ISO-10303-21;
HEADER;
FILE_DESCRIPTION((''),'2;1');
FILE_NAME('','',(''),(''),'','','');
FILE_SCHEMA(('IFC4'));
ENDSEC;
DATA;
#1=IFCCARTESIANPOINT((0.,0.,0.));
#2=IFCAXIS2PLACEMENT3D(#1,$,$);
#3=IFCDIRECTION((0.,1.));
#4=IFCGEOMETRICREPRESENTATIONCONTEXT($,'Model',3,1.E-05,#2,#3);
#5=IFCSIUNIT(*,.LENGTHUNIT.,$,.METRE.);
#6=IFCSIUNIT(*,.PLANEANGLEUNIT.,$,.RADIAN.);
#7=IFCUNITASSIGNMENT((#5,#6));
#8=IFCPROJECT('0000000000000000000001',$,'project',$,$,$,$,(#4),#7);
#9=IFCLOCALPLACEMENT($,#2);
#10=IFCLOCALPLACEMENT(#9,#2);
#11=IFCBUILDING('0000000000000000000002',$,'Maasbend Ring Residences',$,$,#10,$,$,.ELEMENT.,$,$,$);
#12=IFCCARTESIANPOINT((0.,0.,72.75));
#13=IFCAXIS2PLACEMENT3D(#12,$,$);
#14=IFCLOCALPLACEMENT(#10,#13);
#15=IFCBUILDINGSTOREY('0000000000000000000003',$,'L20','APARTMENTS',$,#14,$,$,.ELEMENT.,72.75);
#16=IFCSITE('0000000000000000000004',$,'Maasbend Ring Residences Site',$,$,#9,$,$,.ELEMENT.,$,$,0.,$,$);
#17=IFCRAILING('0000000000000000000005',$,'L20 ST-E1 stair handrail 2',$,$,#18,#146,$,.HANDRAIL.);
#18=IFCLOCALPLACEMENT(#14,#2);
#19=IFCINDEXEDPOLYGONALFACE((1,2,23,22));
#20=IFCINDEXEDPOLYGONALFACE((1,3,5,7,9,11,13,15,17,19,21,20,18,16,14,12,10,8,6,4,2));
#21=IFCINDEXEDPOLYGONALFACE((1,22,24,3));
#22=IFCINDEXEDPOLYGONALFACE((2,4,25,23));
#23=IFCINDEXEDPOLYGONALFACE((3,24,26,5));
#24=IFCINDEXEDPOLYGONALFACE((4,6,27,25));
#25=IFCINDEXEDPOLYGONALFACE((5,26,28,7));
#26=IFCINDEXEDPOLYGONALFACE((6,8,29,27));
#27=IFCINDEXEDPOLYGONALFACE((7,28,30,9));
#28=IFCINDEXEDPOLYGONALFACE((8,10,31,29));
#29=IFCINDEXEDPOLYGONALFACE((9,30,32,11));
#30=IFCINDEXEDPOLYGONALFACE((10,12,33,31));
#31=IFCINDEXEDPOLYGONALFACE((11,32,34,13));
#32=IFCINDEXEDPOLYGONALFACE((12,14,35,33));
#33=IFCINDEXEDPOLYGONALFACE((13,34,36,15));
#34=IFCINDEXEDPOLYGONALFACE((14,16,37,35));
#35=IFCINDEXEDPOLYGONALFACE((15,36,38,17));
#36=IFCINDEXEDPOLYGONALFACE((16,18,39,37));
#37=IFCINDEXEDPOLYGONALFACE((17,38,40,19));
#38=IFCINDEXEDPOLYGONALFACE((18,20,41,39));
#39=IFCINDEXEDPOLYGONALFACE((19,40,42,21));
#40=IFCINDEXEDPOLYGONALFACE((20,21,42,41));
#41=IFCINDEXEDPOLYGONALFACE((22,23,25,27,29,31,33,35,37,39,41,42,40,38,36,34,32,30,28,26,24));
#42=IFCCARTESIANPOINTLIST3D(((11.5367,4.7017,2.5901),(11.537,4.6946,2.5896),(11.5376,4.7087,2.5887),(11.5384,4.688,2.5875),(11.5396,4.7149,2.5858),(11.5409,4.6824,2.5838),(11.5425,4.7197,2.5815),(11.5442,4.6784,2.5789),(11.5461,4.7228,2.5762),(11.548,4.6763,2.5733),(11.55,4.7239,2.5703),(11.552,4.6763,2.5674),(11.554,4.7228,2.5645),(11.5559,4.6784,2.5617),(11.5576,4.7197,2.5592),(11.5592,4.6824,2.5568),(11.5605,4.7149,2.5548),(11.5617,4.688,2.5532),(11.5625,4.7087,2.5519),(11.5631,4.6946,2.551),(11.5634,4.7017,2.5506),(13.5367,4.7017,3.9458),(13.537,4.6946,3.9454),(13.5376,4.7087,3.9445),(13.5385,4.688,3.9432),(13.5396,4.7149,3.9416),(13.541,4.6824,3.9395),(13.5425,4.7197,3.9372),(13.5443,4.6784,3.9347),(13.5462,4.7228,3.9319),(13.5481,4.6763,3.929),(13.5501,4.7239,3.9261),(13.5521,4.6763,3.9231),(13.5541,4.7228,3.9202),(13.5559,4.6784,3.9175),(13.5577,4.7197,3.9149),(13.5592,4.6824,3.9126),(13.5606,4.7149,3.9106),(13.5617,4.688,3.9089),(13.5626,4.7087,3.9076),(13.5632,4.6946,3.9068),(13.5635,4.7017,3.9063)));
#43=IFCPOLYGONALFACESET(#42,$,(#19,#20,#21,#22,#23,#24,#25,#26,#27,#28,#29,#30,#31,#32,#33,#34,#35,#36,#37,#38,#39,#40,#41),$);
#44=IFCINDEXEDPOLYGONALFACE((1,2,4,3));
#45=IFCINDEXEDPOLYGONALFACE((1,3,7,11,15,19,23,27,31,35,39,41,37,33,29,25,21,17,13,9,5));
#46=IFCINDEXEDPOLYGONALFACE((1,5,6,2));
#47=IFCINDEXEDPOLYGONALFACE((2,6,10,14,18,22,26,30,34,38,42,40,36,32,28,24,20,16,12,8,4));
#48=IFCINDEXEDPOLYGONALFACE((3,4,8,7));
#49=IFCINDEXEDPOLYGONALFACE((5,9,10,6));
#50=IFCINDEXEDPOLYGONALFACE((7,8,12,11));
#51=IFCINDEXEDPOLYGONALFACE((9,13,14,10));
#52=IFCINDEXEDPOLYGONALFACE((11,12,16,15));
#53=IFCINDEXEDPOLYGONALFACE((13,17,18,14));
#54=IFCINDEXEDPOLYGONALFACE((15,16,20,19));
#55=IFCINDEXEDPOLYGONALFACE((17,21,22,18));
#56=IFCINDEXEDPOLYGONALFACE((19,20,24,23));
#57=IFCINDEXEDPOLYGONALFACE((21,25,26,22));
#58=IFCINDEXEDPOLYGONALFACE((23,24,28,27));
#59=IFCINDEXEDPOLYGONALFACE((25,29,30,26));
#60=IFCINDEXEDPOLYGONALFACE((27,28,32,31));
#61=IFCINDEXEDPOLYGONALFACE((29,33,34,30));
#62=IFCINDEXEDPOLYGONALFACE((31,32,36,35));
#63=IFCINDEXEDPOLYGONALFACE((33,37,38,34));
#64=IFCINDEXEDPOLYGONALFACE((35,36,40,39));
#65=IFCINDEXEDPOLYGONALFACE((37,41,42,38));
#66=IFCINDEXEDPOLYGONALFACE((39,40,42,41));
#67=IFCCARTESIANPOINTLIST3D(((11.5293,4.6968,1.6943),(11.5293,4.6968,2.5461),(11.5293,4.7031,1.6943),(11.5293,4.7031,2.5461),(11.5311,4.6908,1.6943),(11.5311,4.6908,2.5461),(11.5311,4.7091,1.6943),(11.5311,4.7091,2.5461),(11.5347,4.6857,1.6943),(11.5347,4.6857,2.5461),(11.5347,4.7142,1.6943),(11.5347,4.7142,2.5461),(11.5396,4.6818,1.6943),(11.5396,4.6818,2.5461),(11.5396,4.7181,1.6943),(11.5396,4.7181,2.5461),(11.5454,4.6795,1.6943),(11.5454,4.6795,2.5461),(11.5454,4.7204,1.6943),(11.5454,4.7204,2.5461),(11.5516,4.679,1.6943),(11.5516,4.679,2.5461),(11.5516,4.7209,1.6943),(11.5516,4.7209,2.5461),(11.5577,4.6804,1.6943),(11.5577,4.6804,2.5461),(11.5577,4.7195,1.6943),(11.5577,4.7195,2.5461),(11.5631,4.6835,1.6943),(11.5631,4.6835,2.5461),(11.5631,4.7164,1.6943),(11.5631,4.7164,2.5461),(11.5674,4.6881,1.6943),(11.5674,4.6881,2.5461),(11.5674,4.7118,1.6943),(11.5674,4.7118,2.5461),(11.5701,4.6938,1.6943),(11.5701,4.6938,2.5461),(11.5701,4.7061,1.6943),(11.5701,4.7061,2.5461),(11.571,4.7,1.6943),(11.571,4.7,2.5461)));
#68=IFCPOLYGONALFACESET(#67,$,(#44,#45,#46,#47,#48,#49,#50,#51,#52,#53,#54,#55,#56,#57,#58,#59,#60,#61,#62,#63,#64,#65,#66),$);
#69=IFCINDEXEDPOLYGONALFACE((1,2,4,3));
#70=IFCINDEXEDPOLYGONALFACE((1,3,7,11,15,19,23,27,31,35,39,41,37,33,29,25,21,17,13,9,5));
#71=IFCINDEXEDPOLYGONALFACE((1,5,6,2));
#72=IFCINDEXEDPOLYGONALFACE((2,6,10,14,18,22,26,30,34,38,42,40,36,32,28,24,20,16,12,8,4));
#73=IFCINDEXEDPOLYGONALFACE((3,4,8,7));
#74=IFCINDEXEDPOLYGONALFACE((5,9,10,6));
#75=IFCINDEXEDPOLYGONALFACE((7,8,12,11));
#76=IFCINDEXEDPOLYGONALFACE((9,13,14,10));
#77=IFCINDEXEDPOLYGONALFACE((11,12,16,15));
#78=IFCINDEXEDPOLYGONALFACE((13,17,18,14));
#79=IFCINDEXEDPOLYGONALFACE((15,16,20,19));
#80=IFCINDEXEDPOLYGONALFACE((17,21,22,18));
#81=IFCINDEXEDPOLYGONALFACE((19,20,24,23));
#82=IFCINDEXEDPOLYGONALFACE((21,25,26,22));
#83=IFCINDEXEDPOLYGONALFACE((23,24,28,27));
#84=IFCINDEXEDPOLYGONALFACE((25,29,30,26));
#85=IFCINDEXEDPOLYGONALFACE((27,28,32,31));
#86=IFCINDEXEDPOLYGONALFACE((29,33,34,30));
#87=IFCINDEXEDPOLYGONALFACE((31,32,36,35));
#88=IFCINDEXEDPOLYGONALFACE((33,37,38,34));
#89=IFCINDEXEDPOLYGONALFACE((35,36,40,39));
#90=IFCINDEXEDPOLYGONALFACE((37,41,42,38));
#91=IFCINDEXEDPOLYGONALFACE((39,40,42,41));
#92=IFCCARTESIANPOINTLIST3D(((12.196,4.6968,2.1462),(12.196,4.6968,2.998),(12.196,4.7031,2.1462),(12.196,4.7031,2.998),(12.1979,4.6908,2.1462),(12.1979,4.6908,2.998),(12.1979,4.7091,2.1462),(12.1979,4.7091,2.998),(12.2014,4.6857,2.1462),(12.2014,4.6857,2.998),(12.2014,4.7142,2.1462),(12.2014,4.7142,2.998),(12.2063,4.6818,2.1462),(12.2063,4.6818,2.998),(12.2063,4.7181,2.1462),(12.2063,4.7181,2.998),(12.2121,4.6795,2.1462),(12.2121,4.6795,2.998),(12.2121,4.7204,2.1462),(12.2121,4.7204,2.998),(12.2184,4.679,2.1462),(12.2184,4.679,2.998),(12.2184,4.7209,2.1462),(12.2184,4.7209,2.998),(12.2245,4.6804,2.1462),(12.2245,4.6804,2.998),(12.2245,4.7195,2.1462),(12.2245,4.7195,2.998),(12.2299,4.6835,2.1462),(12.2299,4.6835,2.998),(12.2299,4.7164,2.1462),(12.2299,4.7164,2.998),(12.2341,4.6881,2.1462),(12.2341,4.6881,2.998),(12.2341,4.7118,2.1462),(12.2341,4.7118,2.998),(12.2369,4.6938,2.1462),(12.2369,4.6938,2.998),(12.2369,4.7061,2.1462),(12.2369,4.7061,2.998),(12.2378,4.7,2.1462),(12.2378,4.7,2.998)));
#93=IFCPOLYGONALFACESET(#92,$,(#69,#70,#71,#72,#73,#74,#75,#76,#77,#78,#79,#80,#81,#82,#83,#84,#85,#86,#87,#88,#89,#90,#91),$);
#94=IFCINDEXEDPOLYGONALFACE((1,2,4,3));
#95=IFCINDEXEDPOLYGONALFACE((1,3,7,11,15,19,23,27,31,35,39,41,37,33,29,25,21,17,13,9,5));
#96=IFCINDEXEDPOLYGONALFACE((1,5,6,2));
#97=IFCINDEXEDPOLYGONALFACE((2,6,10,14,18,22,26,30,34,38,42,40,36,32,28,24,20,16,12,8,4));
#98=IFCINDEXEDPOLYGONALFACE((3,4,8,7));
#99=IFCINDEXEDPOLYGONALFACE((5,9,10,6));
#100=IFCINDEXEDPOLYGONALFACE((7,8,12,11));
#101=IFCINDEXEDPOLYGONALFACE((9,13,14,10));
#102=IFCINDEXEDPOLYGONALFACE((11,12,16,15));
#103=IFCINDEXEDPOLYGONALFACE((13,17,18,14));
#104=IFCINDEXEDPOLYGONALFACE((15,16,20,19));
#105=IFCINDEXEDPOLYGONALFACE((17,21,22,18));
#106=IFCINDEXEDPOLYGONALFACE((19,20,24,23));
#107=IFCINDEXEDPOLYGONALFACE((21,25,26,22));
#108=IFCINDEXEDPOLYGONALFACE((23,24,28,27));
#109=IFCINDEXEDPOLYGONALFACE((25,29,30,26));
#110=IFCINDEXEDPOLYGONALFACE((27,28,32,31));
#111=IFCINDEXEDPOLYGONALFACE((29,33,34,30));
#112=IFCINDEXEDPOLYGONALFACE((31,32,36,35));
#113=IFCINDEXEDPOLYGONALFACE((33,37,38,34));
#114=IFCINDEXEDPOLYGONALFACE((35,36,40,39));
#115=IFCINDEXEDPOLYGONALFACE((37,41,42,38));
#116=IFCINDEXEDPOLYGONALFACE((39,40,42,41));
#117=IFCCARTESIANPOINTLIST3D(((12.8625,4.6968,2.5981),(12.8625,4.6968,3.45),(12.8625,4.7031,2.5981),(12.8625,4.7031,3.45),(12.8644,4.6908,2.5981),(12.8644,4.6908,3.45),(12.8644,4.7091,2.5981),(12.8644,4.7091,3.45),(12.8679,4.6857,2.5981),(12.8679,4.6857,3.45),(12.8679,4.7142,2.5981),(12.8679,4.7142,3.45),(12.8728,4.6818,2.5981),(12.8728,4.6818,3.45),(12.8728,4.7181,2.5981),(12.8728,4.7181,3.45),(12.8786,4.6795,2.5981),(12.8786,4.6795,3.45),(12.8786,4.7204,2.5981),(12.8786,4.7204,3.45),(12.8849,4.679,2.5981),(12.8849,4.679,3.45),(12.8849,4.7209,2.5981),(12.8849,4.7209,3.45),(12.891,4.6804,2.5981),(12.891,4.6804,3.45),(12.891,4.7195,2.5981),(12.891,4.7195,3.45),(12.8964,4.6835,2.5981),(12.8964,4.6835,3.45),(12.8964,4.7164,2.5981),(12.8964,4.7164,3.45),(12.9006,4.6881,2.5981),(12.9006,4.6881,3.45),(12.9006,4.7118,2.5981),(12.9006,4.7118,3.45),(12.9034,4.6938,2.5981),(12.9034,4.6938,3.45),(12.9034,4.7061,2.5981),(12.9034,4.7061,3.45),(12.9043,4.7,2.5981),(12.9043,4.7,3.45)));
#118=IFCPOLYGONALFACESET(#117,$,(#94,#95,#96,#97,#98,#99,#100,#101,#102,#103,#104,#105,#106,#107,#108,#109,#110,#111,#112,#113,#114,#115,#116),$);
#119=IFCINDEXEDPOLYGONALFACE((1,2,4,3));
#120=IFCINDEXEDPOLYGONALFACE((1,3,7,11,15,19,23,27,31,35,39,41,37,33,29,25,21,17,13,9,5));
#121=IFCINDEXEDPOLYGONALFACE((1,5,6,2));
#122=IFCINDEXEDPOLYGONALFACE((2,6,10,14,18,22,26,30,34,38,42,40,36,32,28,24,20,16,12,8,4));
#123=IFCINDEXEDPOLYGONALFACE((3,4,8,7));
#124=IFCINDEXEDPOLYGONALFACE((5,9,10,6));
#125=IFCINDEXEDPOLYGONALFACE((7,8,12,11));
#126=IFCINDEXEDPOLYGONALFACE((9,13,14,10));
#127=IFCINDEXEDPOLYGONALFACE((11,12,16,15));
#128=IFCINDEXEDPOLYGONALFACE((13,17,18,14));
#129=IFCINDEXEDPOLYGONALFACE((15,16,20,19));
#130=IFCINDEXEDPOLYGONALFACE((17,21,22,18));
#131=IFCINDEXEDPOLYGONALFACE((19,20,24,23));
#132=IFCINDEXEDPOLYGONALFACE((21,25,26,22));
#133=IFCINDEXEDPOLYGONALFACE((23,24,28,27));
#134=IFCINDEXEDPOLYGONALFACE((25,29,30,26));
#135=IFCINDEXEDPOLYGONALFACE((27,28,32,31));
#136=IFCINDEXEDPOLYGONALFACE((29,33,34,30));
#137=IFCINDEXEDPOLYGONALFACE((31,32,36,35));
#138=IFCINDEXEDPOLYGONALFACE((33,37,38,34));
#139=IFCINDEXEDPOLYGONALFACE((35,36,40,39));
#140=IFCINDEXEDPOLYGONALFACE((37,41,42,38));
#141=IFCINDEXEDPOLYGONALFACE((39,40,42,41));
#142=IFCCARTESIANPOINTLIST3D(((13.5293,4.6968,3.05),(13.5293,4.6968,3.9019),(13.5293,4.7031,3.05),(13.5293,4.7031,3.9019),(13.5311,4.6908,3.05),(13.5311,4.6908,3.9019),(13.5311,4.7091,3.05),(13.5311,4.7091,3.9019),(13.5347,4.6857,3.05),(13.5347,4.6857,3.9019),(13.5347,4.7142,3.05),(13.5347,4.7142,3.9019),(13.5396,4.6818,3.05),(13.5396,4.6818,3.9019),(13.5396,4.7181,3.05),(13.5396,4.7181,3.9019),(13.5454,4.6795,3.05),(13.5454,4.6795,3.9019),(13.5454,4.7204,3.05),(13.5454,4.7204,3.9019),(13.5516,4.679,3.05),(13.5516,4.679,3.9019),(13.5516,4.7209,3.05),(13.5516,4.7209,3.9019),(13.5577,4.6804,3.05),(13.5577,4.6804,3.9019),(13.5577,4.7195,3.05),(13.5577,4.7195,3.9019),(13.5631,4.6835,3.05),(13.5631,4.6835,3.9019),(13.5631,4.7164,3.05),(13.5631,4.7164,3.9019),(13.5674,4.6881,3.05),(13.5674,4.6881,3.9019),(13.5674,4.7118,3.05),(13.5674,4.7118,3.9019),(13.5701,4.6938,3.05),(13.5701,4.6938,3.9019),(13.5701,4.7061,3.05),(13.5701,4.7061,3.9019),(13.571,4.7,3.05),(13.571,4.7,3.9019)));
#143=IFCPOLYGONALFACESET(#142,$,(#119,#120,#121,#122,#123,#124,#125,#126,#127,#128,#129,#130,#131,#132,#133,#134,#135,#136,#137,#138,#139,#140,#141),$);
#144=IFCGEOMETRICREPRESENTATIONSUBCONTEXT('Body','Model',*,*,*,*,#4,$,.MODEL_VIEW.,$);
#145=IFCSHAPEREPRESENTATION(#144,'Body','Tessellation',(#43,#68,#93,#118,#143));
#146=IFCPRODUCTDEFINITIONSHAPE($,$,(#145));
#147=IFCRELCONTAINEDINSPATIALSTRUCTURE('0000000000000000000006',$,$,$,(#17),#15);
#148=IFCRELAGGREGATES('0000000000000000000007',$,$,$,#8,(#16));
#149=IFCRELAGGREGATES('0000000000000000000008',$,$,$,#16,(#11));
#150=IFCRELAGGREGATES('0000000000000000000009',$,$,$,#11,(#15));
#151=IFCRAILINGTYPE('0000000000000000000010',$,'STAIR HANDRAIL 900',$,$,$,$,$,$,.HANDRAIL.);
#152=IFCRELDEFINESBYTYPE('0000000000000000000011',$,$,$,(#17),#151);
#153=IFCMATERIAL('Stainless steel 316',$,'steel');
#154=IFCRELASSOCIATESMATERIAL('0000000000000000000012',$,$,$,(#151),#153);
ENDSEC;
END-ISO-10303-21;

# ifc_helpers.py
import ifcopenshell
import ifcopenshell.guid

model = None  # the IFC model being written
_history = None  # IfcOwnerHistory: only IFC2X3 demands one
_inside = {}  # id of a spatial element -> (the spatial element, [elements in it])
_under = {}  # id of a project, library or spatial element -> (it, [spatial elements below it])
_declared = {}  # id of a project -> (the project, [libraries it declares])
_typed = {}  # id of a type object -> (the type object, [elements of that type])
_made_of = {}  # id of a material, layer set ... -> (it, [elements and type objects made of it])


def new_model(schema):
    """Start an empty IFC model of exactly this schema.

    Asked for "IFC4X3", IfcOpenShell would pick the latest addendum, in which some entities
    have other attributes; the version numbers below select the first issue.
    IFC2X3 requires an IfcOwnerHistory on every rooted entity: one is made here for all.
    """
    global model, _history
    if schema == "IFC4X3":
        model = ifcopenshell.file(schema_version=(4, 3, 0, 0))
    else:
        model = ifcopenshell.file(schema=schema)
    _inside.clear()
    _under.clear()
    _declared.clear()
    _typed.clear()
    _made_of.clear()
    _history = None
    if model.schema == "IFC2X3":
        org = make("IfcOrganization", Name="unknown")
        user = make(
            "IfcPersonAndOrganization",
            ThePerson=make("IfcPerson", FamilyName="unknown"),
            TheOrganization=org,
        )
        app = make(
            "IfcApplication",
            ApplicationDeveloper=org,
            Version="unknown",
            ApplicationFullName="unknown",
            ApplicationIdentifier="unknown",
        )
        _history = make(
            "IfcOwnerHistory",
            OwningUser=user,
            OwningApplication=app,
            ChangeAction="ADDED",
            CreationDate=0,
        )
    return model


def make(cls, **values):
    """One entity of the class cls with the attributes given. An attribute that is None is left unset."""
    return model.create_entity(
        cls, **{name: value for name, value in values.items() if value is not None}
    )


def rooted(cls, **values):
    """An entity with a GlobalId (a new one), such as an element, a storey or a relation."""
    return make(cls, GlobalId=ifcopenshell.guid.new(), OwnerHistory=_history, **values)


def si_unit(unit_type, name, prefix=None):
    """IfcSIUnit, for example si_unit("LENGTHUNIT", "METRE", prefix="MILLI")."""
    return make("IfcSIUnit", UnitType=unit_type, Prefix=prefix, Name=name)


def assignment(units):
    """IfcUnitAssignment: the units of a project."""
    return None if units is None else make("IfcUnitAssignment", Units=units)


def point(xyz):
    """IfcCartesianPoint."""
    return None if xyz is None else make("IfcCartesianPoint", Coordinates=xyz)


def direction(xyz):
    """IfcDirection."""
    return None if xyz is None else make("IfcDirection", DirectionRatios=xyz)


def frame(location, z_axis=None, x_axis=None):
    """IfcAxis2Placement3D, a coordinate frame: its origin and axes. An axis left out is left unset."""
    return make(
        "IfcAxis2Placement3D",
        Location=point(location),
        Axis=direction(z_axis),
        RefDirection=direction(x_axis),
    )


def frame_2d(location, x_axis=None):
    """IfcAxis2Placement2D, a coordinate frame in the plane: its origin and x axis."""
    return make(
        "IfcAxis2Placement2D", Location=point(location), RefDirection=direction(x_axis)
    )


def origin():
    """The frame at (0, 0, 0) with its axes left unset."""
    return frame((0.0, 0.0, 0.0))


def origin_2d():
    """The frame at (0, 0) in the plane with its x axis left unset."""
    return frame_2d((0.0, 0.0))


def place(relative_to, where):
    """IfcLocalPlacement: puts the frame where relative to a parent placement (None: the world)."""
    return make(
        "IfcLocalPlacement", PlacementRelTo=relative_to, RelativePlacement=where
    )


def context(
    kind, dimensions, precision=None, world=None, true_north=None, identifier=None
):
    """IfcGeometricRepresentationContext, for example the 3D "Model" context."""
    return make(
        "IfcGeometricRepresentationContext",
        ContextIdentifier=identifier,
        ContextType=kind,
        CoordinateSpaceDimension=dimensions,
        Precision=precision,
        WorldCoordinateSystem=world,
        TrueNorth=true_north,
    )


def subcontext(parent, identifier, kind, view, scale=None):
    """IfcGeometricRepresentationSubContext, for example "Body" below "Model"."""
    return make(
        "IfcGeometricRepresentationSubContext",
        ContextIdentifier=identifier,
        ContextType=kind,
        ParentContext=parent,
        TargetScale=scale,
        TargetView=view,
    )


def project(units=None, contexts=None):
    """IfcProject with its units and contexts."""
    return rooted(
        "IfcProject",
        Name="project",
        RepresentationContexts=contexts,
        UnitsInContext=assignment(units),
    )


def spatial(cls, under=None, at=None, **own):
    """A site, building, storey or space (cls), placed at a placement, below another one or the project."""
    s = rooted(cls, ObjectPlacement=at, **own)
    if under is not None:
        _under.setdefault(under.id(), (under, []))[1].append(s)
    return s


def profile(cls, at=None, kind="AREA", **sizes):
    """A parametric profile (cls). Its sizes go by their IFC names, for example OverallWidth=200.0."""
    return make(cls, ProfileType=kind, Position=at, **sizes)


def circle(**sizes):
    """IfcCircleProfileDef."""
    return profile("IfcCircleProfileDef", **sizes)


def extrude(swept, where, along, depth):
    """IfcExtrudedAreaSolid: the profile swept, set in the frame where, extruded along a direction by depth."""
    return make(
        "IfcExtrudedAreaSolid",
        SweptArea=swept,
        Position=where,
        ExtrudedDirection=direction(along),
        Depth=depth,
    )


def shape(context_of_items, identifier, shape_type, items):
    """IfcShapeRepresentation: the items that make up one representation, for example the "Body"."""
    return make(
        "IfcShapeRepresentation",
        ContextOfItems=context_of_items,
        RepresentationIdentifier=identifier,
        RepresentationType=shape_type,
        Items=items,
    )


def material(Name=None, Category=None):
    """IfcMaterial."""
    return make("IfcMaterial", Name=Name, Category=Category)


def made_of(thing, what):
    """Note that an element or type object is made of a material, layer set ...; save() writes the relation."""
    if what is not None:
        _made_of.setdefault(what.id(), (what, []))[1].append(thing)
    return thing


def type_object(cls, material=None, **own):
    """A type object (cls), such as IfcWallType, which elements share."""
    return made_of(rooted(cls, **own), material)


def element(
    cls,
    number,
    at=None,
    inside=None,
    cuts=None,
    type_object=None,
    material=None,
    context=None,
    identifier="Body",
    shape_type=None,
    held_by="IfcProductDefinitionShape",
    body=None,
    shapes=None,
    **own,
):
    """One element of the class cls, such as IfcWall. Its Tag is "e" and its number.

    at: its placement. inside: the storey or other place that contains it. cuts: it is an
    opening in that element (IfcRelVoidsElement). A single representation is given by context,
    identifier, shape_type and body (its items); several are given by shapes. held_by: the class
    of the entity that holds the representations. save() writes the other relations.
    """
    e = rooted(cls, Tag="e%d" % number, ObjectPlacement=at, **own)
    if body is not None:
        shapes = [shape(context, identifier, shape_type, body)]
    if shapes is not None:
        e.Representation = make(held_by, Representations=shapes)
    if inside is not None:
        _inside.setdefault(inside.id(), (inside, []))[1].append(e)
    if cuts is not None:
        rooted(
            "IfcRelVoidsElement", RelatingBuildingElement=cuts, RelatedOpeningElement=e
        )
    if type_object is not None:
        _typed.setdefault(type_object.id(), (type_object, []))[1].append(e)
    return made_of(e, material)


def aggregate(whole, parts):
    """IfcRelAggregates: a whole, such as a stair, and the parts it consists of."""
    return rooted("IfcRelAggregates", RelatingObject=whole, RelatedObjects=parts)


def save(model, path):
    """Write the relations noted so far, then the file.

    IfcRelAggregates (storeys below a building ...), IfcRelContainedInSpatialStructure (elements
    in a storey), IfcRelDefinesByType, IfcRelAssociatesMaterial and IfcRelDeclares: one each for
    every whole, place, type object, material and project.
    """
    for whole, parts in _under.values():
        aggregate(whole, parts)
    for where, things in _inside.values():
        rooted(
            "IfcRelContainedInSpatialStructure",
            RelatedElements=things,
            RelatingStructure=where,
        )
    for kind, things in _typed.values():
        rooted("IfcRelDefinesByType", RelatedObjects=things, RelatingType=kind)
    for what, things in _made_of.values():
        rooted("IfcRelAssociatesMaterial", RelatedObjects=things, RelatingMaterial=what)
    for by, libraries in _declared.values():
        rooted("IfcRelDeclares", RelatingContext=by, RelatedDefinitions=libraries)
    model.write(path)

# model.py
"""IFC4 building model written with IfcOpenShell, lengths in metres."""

from ifc_helpers import new_model, si_unit, direction, frame, origin, origin_2d, place, context, subcontext, project, spatial, circle, extrude, material, type_object, element, save


model = new_model("IFC4")

# Units and contexts
model_context = context("Model", 3, precision=1e-05, world=origin(), true_north=direction((0.0, 1.0)))
body_context = subcontext(model_context, "Body", "Model", "MODEL_VIEW")
ifc_project = project(units=[si_unit("LENGTHUNIT", "METRE"), si_unit("PLANEANGLEUNIT", "RADIAN")], contexts=[model_context])

# Site, building, storey
site_placement = place(None, origin())
site = spatial("IfcSite", under=ifc_project, at=site_placement, Name="Maasbend Ring Residences Site", CompositionType="ELEMENT", RefElevation=0.0)
building_placement = place(site_placement, origin())
building = spatial("IfcBuilding", under=site, at=building_placement, Name="Maasbend Ring Residences", CompositionType="ELEMENT")
storey_placement = place(building_placement, frame((0.0, 0.0, 72.75)))
storey = spatial("IfcBuildingStorey", under=building, at=storey_placement, Name="L20", Description="APARTMENTS", CompositionType="ELEMENT", Elevation=72.75)

# Railing
ifc_material_1 = material(Name="Stainless steel 316", Category="steel")
railing_type_1 = type_object("IfcRailingType", Name="STAIR HANDRAIL 900", PredefinedType="HANDRAIL", material=ifc_material_1)
railing_1_placement = place(storey_placement, frame((11.55, 4.7, 1.6943)))
element("IfcRailing", 1, at=railing_1_placement, inside=storey, type_object=railing_type_1, Name="L20 ST-E1 stair handrail 2", PredefinedType="HANDRAIL", context=body_context, shape_type="SweptSolid", body=[
    extrude(circle(Radius=0.0239, at=origin_2d()), frame((0.0, 0.0, 0.876), z_axis=(0.827751, 0.0, 0.561096), x_axis=(0.0, 1.0, 0.0)), (0.0, 0.0, 1.0), 2.4163),
    extrude(circle(Radius=0.021, at=origin_2d()), origin(), (0.0, 0.0, 1.0), 0.8518),
    extrude(circle(Radius=0.021, at=origin_2d()), frame((0.6667, 0.0, 0.4519)), (0.0, 0.0, 1.0), 0.8518),
    extrude(circle(Radius=0.021, at=origin_2d()), frame((1.3333, 0.0, 0.9038)), (0.0, 0.0, 1.0), 0.8518),
    extrude(circle(Radius=0.021, at=origin_2d()), frame((2.0, 0.0, 1.3557)), (0.0, 0.0, 1.0), 0.8518),
])

save(model, "model.ifc")
